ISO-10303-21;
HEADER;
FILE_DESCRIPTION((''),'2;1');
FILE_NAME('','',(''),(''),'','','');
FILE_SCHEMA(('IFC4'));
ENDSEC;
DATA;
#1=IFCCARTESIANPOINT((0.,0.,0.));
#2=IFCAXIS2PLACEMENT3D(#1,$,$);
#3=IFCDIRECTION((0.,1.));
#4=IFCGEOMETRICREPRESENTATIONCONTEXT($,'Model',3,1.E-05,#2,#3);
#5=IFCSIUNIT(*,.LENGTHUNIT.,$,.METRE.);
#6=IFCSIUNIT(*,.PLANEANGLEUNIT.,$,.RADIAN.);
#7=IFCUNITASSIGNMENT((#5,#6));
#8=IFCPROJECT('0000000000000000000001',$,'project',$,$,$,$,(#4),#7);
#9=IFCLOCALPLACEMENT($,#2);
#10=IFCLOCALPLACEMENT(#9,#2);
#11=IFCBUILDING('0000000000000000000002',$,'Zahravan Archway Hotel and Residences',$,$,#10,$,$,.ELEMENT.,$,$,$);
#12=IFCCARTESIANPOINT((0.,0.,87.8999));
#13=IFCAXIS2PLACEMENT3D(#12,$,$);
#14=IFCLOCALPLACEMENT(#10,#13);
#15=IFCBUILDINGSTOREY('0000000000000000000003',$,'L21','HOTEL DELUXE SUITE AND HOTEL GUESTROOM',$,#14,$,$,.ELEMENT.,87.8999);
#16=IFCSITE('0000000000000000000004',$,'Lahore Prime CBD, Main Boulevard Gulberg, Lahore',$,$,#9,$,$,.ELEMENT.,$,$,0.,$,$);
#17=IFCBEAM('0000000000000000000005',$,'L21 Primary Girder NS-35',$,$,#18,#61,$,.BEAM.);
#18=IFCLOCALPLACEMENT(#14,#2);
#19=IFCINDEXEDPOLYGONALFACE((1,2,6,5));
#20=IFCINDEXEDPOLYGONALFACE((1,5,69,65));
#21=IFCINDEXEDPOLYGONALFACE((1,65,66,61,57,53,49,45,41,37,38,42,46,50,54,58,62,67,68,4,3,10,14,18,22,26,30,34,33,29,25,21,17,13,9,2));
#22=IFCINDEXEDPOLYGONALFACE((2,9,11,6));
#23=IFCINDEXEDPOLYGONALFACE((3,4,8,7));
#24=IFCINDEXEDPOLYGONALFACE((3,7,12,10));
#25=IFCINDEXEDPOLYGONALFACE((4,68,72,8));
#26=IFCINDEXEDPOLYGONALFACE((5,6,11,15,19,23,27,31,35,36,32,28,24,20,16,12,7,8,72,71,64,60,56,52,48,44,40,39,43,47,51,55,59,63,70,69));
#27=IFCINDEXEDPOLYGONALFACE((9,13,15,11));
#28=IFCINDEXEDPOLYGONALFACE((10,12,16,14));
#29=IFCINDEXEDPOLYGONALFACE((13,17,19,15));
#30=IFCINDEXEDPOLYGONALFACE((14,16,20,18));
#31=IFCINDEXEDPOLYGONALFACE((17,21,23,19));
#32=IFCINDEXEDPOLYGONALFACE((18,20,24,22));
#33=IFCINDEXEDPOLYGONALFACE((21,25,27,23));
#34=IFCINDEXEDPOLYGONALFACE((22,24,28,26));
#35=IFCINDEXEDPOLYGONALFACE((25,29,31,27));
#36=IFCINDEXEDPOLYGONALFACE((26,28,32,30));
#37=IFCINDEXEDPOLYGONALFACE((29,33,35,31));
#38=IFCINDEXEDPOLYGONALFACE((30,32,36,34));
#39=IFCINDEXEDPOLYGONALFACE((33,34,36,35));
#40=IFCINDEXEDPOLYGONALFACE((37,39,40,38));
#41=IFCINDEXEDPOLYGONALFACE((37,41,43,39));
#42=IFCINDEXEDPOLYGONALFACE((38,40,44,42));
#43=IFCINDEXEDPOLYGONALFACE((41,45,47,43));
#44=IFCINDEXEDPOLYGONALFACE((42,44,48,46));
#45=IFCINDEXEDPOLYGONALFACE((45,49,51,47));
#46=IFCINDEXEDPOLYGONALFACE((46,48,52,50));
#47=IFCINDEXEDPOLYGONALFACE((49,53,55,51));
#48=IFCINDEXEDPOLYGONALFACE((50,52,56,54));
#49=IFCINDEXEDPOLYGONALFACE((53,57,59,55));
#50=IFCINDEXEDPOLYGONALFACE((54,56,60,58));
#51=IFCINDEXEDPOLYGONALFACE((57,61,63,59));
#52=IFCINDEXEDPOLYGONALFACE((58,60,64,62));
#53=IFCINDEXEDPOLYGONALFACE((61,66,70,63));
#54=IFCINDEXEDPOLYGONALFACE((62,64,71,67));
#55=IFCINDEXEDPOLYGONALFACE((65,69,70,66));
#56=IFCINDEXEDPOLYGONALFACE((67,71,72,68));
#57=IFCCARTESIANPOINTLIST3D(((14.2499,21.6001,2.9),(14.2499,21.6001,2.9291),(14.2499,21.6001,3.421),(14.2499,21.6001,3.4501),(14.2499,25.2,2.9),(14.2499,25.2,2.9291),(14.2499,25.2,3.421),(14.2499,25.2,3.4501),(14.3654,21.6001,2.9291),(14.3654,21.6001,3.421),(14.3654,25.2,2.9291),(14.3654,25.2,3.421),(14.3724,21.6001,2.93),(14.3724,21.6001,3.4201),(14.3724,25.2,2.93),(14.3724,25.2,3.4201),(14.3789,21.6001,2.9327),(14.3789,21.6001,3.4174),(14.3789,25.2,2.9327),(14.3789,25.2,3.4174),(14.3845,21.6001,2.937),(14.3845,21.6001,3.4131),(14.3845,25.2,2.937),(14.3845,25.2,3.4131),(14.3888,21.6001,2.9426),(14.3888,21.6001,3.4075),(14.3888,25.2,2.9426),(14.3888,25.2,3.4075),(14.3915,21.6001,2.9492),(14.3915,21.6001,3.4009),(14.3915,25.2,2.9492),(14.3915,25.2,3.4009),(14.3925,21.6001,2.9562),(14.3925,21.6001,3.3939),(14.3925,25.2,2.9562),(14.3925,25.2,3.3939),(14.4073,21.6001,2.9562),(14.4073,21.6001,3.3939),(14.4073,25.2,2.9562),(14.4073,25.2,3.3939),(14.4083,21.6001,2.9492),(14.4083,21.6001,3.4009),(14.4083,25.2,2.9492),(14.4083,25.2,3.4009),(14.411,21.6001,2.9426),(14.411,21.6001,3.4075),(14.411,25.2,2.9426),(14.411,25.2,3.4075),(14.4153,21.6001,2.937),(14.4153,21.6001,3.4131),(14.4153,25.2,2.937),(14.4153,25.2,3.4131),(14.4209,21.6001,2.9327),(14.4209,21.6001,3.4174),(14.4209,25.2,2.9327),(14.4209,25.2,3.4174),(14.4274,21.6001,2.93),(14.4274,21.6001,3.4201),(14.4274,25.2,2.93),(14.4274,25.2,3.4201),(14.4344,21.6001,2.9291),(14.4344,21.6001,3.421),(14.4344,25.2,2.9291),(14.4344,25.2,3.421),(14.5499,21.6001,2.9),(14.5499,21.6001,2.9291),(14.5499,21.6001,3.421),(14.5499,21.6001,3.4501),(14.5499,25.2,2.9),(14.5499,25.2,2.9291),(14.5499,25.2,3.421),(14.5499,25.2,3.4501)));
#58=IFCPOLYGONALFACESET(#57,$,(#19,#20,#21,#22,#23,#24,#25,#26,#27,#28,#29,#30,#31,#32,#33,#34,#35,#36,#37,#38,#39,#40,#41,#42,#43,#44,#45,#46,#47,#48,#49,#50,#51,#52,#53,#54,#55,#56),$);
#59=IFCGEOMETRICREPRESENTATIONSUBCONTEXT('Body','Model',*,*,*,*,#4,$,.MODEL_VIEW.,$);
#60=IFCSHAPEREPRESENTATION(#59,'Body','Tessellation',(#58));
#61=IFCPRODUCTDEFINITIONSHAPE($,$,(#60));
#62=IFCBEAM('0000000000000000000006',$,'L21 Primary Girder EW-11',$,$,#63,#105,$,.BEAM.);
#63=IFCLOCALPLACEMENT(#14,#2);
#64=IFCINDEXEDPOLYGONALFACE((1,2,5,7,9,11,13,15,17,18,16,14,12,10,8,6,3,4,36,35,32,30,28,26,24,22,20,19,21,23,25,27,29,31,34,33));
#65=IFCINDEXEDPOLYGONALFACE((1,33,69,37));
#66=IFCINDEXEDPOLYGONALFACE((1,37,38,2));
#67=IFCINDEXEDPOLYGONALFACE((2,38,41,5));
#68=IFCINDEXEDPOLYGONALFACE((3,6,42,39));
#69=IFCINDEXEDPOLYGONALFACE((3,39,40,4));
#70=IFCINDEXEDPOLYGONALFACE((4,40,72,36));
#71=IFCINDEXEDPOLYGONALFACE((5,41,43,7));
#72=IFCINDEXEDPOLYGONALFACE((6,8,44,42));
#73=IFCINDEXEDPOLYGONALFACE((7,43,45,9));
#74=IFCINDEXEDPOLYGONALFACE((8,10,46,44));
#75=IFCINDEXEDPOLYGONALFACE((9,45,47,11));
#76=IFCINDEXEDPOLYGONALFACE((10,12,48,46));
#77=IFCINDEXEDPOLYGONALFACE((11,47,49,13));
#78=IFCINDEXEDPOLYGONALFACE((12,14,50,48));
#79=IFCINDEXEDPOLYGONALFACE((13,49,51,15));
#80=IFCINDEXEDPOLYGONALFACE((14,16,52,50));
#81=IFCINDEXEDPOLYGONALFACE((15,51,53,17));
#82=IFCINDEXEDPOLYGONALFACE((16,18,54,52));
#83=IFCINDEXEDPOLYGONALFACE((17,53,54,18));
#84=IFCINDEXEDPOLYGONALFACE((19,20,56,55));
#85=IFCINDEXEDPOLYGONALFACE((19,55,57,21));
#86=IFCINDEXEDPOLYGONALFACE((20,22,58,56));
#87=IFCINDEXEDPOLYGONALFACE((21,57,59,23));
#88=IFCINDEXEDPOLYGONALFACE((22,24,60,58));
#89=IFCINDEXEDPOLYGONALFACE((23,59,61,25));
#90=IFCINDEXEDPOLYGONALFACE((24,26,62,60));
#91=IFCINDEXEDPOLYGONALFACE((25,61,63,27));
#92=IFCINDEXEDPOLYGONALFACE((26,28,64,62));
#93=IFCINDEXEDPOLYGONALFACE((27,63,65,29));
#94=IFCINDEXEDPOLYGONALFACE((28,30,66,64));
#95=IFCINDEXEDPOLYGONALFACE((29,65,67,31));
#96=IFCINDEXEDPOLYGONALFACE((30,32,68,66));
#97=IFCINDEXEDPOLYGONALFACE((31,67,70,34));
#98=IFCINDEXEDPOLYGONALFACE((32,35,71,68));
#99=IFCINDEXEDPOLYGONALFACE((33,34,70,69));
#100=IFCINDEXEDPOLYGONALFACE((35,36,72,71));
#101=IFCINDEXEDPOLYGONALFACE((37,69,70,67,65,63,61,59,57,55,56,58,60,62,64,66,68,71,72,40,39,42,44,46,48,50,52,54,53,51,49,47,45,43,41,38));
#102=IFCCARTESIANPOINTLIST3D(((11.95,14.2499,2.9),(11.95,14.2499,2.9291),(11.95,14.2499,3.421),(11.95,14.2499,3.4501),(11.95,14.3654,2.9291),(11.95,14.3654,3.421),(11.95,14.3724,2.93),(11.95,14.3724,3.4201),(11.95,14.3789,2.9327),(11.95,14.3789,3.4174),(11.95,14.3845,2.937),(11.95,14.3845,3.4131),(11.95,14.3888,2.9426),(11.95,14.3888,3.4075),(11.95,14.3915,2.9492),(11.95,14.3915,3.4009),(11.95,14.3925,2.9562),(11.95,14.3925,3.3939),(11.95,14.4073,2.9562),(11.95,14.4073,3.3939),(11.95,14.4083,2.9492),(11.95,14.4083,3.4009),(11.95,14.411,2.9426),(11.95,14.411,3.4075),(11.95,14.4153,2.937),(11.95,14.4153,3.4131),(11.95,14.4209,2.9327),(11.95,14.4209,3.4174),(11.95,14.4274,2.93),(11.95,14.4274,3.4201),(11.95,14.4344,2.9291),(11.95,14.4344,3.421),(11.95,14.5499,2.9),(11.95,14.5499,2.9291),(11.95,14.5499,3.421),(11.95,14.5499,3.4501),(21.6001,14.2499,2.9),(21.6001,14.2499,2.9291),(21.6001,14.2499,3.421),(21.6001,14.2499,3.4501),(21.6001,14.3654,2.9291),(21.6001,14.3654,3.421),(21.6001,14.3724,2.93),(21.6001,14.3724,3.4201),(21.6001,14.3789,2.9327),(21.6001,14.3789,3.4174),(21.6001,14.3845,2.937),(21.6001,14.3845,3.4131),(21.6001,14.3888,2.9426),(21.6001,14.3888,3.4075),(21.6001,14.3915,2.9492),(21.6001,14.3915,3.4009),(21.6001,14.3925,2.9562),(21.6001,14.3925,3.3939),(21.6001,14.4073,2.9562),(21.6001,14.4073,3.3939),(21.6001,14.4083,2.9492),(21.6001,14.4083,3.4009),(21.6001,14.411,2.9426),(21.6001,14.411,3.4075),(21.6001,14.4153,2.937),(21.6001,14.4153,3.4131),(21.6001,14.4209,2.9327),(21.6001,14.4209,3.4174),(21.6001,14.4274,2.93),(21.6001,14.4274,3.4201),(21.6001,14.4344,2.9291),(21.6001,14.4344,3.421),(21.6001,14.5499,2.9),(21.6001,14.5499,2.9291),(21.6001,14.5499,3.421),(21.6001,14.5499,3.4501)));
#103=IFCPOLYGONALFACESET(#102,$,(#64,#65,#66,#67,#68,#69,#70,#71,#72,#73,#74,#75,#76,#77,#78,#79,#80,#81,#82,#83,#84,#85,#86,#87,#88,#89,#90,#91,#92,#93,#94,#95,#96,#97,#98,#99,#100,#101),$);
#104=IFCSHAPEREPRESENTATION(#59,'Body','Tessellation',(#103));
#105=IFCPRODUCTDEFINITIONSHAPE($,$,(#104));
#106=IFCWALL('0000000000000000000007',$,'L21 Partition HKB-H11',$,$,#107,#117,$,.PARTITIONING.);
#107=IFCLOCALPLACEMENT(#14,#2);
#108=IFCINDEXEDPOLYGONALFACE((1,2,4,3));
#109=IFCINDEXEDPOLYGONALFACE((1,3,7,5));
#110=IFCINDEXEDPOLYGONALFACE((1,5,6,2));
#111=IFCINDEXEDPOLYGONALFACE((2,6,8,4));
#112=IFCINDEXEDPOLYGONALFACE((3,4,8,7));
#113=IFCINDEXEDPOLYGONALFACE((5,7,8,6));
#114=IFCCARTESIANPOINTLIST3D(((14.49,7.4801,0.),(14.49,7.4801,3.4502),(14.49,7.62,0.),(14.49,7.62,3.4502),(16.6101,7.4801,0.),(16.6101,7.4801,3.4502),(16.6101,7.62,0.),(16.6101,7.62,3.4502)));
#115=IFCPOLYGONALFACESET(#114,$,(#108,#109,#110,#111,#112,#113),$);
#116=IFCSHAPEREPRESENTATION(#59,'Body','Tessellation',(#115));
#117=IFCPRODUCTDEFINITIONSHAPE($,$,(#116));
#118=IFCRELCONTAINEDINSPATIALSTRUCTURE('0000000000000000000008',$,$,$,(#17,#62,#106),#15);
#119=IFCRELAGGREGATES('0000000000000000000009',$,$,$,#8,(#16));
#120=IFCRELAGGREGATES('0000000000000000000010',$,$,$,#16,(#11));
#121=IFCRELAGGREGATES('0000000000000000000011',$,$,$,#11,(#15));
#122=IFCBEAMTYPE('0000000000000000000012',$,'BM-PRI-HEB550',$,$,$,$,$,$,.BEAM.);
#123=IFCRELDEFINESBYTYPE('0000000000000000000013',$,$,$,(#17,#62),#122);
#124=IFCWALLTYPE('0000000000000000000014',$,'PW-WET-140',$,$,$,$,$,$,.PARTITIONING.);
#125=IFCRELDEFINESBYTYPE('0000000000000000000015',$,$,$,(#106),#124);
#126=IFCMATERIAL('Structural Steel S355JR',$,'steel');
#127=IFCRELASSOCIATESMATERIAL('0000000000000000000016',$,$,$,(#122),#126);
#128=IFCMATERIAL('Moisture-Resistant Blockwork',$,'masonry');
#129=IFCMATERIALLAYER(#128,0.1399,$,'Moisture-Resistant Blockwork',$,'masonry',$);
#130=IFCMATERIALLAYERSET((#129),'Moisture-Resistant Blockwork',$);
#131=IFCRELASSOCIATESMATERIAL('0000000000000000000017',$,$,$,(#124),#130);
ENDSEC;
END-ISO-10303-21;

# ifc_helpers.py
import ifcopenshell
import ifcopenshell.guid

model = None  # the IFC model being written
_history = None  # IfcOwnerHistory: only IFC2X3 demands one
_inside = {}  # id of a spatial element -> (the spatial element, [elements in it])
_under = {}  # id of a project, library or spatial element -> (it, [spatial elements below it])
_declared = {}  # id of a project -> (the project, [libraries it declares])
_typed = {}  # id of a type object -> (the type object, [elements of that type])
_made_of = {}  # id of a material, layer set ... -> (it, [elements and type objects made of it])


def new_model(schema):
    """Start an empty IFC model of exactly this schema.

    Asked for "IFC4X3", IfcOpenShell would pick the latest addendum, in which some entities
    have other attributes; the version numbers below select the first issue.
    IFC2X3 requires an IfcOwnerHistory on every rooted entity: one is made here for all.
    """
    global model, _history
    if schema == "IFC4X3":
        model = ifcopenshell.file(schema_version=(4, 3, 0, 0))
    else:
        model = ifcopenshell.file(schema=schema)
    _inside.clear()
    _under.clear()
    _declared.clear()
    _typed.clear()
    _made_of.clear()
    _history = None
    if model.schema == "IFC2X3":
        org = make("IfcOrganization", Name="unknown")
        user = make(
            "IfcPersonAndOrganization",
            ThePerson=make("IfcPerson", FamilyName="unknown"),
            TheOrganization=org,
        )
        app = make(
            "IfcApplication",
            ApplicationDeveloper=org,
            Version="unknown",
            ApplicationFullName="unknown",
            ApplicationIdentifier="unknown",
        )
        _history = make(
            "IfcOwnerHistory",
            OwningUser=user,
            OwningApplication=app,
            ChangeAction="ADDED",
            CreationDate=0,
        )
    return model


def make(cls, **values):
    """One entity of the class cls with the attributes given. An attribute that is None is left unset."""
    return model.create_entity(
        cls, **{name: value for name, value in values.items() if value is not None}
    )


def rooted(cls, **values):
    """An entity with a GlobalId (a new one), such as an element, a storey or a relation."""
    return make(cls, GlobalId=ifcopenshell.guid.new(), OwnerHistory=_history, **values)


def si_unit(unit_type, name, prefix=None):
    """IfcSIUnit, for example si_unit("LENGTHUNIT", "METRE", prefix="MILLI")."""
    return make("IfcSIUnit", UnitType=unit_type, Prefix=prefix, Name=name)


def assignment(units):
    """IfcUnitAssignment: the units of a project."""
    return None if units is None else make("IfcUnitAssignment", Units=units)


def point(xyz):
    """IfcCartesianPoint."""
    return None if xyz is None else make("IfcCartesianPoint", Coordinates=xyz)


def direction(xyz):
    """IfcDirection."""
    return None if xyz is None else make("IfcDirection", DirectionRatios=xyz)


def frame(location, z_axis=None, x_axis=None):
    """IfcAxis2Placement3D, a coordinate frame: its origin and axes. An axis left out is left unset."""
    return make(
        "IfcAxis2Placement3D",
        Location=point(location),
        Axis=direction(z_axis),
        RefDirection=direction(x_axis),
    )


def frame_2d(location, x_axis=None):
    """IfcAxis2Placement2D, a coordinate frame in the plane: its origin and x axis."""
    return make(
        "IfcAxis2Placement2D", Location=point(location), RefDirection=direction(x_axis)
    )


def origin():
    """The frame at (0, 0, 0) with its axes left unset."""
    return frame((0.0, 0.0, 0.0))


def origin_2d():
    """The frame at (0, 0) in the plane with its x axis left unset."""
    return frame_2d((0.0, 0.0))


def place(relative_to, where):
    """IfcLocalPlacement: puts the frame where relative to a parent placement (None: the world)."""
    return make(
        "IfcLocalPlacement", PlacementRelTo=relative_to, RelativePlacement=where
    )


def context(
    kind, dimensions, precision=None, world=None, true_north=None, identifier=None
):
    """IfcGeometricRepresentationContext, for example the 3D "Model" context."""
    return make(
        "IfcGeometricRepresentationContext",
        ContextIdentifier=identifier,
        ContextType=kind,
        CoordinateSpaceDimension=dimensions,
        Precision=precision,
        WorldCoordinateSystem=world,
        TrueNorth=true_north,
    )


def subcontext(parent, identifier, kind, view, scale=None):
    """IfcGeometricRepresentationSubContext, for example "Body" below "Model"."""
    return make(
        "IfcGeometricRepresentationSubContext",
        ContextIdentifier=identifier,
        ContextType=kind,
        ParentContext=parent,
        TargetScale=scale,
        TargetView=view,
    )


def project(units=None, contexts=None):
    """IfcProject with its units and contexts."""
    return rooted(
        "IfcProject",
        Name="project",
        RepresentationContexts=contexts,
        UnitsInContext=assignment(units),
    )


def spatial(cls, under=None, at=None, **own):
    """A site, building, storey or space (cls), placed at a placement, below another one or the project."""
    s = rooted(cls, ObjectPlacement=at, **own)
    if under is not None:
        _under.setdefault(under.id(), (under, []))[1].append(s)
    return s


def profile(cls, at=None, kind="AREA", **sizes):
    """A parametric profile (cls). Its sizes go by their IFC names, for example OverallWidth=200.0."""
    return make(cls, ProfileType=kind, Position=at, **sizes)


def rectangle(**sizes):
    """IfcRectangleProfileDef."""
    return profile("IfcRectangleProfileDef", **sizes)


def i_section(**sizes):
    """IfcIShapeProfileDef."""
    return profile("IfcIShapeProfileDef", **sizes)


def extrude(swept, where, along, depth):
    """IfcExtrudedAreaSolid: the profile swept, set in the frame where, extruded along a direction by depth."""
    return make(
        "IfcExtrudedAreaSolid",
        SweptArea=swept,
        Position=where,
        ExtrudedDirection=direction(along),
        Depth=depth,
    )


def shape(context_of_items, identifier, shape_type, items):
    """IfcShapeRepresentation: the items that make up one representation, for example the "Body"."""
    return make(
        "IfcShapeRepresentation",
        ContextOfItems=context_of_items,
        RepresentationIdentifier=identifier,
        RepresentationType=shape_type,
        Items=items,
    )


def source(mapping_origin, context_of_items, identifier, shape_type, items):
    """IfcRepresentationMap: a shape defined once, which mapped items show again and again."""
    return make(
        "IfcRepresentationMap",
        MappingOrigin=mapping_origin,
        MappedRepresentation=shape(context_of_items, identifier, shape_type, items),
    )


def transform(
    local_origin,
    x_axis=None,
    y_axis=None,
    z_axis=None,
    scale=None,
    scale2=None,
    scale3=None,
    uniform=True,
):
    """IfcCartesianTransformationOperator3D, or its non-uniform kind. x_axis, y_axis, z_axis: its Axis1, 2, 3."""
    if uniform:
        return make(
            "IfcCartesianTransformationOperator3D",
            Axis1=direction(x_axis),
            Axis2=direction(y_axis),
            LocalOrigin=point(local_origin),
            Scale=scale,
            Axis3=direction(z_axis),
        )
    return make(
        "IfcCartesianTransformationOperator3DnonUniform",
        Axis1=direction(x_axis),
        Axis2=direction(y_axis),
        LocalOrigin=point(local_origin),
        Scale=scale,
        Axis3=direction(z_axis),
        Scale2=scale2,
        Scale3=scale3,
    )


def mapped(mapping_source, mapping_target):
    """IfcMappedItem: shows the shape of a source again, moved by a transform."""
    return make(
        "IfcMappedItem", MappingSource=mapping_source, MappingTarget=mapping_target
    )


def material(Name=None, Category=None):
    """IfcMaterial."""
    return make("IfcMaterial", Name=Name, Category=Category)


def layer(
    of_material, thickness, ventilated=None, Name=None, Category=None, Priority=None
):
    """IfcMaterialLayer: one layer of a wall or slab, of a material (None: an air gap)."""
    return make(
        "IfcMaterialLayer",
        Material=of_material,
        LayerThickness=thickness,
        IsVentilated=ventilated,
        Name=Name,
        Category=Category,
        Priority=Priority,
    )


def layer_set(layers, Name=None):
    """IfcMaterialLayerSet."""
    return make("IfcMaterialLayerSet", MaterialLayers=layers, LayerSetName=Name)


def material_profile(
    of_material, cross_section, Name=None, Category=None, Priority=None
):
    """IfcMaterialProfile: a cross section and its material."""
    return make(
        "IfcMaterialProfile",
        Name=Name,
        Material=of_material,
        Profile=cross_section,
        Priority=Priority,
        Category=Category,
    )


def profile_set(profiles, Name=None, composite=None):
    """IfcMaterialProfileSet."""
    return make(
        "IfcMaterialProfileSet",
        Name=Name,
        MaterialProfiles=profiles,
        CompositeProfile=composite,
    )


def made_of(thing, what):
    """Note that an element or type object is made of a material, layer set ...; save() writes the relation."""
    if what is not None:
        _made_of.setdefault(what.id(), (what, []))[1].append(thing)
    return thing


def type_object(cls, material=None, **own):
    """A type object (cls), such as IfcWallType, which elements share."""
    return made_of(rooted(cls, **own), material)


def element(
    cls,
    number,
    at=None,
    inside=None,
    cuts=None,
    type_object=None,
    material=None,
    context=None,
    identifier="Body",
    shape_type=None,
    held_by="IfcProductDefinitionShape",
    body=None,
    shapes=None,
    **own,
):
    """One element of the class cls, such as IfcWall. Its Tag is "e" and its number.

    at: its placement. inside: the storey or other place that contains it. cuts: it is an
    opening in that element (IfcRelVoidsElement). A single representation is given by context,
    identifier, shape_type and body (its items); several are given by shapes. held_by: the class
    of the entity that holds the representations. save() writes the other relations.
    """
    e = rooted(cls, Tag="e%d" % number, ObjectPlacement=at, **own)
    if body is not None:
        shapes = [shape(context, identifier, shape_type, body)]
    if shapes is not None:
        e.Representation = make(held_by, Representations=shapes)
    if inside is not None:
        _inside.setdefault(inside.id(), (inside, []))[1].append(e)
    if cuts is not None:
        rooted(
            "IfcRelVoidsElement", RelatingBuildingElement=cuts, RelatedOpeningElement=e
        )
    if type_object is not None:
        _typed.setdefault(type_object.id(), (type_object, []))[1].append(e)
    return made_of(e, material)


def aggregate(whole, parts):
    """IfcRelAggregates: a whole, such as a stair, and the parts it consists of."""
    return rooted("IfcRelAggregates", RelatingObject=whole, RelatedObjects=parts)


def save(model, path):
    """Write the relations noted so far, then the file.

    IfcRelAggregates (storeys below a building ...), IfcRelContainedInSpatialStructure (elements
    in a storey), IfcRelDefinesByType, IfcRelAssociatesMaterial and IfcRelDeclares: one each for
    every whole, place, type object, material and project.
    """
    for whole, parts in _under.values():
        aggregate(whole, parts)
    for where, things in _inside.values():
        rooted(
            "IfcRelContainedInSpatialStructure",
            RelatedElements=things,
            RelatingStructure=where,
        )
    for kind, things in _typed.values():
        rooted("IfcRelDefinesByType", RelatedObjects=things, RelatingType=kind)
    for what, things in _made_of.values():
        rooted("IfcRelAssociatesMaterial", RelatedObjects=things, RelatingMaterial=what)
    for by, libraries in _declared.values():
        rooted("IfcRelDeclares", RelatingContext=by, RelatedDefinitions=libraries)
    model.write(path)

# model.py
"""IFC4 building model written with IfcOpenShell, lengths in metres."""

from ifc_helpers import new_model, si_unit, direction, frame, frame_2d, origin, origin_2d, place, context, subcontext, project, spatial, rectangle, i_section, extrude, source, transform, mapped, material, layer, layer_set, material_profile, profile_set, type_object, element, save


model = new_model("IFC4")

# Units and contexts
model_context = context("Model", 3, precision=1e-05, world=origin(), true_north=direction((0.0, 1.0)))
body_context = subcontext(model_context, "Body", "Model", "MODEL_VIEW")
ifc_project = project(units=[si_unit("LENGTHUNIT", "METRE"), si_unit("PLANEANGLEUNIT", "RADIAN")], contexts=[model_context])

# Site, building, storey
site_placement = place(None, origin())
site = spatial("IfcSite", under=ifc_project, at=site_placement, Name="Lahore Prime CBD, Main Boulevard Gulberg, Lahore", CompositionType="ELEMENT", RefElevation=0.0)
building_placement = place(site_placement, origin())
building = spatial("IfcBuilding", under=site, at=building_placement, Name="Zahravan Archway Hotel and Residences", CompositionType="ELEMENT")
storey_placement = place(building_placement, frame((0.0, 0.0, 87.8999)))
storey = spatial("IfcBuildingStorey", under=building, at=storey_placement, Name="L21", Description="HOTEL DELUXE SUITE AND HOTEL GUESTROOM", CompositionType="ELEMENT", Elevation=87.8999)

# Beams
ifc_material_1 = material(Name="Structural Steel S355JR", Category="steel")
ifc_material_profile_1 = material_profile(ifc_material_1, i_section(OverallWidth=0.3, OverallDepth=0.55, WebThickness=0.0149, FlangeThickness=0.0291, FilletRadius=0.0271, at=origin_2d()), Name="HEB 550", Category="steel")
ifc_profile_set_1 = profile_set([ifc_material_profile_1], Name="Structural Steel S355JR")
beam_type = type_object("IfcBeamType", Name="BM-PRI-HEB550", PredefinedType="BEAM", material=ifc_profile_set_1)
shared_shape_1 = source(origin(), body_context, "Body", "SweptSolid", [
    extrude(i_section(OverallWidth=0.3, OverallDepth=0.55, WebThickness=0.0149, FlangeThickness=0.0291, FilletRadius=0.0271, at=origin_2d()), origin(), (0.0, 0.0, 1.0), 3.5999),
])
beam_1_placement = place(storey_placement, frame((14.3999, 21.6001, 3.175), z_axis=(0.0, 1.0, 0.0), x_axis=(-1.0, 0.0, 0.0)))
element("IfcBeam", 1, at=beam_1_placement, inside=storey, type_object=beam_type, Name="L21 Primary Girder NS-35", PredefinedType="BEAM", context=body_context, shape_type="MappedRepresentation", body=[
    mapped(shared_shape_1, transform((0.0, 0.0, 0.0), scale=1.0)),
])
shared_shape_2 = source(origin(), body_context, "Body", "SweptSolid", [
    extrude(i_section(OverallWidth=0.3, OverallDepth=0.55, WebThickness=0.0149, FlangeThickness=0.0291, FilletRadius=0.0271, at=origin_2d()), origin(), (0.0, 0.0, 1.0), 9.6501),
])
beam_2_placement = place(storey_placement, frame((11.95, 14.3999, 3.175), z_axis=(1.0, 0.0, 0.0), x_axis=(0.0, 1.0, 0.0)))
element("IfcBeam", 2, at=beam_2_placement, inside=storey, type_object=beam_type, Name="L21 Primary Girder EW-11", PredefinedType="BEAM", context=body_context, shape_type="MappedRepresentation", body=[
    mapped(shared_shape_2, transform((0.0, 0.0, 0.0), scale=1.0)),
])

# Wall
ifc_material_2 = material(Name="Moisture-Resistant Blockwork", Category="masonry")
ifc_layer = layer(ifc_material_2, 0.1399, Name="Moisture-Resistant Blockwork", Category="masonry")
ifc_layer_set = layer_set([ifc_layer], Name="Moisture-Resistant Blockwork")
wall_type = type_object("IfcWallType", Name="PW-WET-140", PredefinedType="PARTITIONING", material=ifc_layer_set)
wall_placement = place(storey_placement, frame((14.49, 7.55, 0.0), z_axis=(0.0, 0.0, 1.0), x_axis=(1.0, 0.0, 0.0)))
element("IfcWall", 3, at=wall_placement, inside=storey, type_object=wall_type, Name="L21 Partition HKB-H11", PredefinedType="PARTITIONING", context=body_context, shape_type="SweptSolid", body=[
    extrude(rectangle(XDim=2.1201, YDim=0.1399, at=frame_2d((1.0601, 0.0))), origin(), (0.0, 0.0, 1.0), 3.4502),
])

save(model, "model.ifc")
